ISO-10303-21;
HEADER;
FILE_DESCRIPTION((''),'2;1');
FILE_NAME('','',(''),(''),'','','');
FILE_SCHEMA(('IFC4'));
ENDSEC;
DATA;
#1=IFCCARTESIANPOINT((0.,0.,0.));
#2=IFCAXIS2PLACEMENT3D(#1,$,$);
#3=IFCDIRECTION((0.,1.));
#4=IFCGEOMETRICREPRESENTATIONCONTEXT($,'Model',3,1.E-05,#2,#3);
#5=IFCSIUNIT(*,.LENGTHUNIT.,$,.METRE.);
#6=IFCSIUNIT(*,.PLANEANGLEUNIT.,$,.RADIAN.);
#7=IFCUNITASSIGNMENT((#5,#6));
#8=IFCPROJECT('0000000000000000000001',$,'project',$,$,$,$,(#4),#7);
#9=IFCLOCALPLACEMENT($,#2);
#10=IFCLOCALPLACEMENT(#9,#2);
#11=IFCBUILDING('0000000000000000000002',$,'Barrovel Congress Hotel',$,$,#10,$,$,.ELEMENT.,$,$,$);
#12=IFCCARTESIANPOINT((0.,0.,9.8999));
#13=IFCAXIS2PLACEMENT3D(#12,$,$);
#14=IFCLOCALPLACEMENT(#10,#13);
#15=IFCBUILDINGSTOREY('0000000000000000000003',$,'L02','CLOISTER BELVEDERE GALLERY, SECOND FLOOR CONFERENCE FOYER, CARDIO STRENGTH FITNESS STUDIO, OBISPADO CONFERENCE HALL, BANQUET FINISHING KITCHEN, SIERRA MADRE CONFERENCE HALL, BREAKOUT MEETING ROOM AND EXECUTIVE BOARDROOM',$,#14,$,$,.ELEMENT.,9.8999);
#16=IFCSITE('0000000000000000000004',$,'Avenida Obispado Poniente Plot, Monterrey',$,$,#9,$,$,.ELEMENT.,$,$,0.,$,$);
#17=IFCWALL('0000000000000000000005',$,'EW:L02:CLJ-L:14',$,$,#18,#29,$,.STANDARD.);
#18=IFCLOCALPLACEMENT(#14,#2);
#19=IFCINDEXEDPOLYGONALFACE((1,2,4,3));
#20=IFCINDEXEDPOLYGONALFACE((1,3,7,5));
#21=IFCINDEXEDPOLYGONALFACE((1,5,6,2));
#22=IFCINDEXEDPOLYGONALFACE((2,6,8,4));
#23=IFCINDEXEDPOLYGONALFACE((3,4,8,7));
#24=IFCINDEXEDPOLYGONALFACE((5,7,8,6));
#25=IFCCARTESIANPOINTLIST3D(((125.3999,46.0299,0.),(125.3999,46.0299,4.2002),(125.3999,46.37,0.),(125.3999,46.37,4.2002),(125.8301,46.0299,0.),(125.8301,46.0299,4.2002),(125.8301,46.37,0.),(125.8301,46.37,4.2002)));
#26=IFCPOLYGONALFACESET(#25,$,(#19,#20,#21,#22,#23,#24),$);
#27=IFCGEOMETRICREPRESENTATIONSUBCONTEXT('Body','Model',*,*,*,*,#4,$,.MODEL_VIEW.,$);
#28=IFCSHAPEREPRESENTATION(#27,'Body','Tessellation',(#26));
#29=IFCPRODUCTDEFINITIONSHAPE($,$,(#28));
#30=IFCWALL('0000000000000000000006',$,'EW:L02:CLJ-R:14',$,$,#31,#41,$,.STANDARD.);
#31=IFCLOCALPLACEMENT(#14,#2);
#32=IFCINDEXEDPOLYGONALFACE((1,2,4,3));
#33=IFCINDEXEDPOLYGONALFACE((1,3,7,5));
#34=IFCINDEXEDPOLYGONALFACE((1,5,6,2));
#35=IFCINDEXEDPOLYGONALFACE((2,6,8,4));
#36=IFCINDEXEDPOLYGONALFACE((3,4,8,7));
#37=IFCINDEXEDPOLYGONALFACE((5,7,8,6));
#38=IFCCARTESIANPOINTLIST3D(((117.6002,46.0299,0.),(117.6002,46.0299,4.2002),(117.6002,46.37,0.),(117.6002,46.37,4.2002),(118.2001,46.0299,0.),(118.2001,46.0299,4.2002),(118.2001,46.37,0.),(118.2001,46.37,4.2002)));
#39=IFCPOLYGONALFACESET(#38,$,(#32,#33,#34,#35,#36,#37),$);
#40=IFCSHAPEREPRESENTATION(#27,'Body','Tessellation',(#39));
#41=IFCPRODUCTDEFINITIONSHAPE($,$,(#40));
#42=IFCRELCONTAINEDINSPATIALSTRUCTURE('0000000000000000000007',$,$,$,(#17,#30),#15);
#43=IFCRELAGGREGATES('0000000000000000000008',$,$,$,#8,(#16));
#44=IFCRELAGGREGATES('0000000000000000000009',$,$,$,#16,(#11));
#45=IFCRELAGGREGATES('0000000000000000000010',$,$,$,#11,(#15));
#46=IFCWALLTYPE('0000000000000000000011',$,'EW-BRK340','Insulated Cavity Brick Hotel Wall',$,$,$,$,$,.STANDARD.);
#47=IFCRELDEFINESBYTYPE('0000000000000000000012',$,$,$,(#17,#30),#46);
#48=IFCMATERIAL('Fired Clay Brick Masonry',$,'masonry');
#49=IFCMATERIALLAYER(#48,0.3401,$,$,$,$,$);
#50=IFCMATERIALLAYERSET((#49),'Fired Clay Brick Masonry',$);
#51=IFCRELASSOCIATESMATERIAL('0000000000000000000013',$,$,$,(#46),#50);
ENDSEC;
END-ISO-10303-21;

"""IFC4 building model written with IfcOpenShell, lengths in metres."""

from ifc_helpers import new_model, si_unit, direction, frame, frame_2d, origin, place, context, subcontext, project, spatial, rectangle, extrude, material, layer, layer_set, type_object, element, save


model = new_model("IFC4")

# Units and contexts
model_context = context("Model", 3, precision=1e-05, world=origin(), true_north=direction((0.0, 1.0)))
body_context = subcontext(model_context, "Body", "Model", "MODEL_VIEW")
ifc_project = project(units=[si_unit("LENGTHUNIT", "METRE"), si_unit("PLANEANGLEUNIT", "RADIAN")], contexts=[model_context])

# Site, building, storey
site_placement = place(None, origin())
site = spatial("IfcSite", under=ifc_project, at=site_placement, Name="Avenida Obispado Poniente Plot, Monterrey", CompositionType="ELEMENT", RefElevation=0.0)
building_placement = place(site_placement, origin())
building = spatial("IfcBuilding", under=site, at=building_placement, Name="Barrovel Congress Hotel", CompositionType="ELEMENT")
storey_placement = place(building_placement, frame((0.0, 0.0, 9.8999)))
storey = spatial("IfcBuildingStorey", under=building, at=storey_placement, Name="L02", Description="CLOISTER BELVEDERE GALLERY, SECOND FLOOR CONFERENCE FOYER, CARDIO STRENGTH FITNESS STUDIO, OBISPADO CONFERENCE HALL, BANQUET FINISHING KITCHEN, SIERRA MADRE CONFERENCE HALL, BREAKOUT MEETING ROOM AND EXECUTIVE BOARDROOM", CompositionType="ELEMENT", Elevation=9.8999)

# Walls
ifc_material_1 = material(Name="Fired Clay Brick Masonry", Category="masonry")
ifc_layer_1 = layer(ifc_material_1, 0.3401)
ifc_layer_set_1 = layer_set([ifc_layer_1], Name="Fired Clay Brick Masonry")
wall_type = type_object("IfcWallType", Name="EW-BRK340", Description="Insulated Cavity Brick Hotel Wall", PredefinedType="STANDARD", material=ifc_layer_set_1)
wall_1_placement = place(storey_placement, frame((125.8301, 46.2, 0.0), z_axis=(0.0, 0.0, 1.0), x_axis=(-1.0, 0.0, 0.0)))
element("IfcWall", 1, at=wall_1_placement, inside=storey, type_object=wall_type, Name="EW:L02:CLJ-L:14", PredefinedType="STANDARD", context=body_context, shape_type="SweptSolid", body=[
    extrude(rectangle(XDim=0.4302, YDim=0.3401, at=frame_2d((0.2151, 0.0))), origin(), (0.0, 0.0, 1.0), 4.2002),
])
wall_2_placement = place(storey_placement, frame((118.2, 46.2, 0.0), z_axis=(0.0, 0.0, 1.0), x_axis=(-1.0, 0.0, 0.0)))
element("IfcWall", 2, at=wall_2_placement, inside=storey, type_object=wall_type, Name="EW:L02:CLJ-R:14", PredefinedType="STANDARD", context=body_context, shape_type="SweptSolid", body=[
    extrude(rectangle(XDim=0.5999, YDim=0.3401, at=frame_2d((0.2998, 0.0))), origin(), (0.0, 0.0, 1.0), 4.2002),
])

save(model, "model.ifc")
